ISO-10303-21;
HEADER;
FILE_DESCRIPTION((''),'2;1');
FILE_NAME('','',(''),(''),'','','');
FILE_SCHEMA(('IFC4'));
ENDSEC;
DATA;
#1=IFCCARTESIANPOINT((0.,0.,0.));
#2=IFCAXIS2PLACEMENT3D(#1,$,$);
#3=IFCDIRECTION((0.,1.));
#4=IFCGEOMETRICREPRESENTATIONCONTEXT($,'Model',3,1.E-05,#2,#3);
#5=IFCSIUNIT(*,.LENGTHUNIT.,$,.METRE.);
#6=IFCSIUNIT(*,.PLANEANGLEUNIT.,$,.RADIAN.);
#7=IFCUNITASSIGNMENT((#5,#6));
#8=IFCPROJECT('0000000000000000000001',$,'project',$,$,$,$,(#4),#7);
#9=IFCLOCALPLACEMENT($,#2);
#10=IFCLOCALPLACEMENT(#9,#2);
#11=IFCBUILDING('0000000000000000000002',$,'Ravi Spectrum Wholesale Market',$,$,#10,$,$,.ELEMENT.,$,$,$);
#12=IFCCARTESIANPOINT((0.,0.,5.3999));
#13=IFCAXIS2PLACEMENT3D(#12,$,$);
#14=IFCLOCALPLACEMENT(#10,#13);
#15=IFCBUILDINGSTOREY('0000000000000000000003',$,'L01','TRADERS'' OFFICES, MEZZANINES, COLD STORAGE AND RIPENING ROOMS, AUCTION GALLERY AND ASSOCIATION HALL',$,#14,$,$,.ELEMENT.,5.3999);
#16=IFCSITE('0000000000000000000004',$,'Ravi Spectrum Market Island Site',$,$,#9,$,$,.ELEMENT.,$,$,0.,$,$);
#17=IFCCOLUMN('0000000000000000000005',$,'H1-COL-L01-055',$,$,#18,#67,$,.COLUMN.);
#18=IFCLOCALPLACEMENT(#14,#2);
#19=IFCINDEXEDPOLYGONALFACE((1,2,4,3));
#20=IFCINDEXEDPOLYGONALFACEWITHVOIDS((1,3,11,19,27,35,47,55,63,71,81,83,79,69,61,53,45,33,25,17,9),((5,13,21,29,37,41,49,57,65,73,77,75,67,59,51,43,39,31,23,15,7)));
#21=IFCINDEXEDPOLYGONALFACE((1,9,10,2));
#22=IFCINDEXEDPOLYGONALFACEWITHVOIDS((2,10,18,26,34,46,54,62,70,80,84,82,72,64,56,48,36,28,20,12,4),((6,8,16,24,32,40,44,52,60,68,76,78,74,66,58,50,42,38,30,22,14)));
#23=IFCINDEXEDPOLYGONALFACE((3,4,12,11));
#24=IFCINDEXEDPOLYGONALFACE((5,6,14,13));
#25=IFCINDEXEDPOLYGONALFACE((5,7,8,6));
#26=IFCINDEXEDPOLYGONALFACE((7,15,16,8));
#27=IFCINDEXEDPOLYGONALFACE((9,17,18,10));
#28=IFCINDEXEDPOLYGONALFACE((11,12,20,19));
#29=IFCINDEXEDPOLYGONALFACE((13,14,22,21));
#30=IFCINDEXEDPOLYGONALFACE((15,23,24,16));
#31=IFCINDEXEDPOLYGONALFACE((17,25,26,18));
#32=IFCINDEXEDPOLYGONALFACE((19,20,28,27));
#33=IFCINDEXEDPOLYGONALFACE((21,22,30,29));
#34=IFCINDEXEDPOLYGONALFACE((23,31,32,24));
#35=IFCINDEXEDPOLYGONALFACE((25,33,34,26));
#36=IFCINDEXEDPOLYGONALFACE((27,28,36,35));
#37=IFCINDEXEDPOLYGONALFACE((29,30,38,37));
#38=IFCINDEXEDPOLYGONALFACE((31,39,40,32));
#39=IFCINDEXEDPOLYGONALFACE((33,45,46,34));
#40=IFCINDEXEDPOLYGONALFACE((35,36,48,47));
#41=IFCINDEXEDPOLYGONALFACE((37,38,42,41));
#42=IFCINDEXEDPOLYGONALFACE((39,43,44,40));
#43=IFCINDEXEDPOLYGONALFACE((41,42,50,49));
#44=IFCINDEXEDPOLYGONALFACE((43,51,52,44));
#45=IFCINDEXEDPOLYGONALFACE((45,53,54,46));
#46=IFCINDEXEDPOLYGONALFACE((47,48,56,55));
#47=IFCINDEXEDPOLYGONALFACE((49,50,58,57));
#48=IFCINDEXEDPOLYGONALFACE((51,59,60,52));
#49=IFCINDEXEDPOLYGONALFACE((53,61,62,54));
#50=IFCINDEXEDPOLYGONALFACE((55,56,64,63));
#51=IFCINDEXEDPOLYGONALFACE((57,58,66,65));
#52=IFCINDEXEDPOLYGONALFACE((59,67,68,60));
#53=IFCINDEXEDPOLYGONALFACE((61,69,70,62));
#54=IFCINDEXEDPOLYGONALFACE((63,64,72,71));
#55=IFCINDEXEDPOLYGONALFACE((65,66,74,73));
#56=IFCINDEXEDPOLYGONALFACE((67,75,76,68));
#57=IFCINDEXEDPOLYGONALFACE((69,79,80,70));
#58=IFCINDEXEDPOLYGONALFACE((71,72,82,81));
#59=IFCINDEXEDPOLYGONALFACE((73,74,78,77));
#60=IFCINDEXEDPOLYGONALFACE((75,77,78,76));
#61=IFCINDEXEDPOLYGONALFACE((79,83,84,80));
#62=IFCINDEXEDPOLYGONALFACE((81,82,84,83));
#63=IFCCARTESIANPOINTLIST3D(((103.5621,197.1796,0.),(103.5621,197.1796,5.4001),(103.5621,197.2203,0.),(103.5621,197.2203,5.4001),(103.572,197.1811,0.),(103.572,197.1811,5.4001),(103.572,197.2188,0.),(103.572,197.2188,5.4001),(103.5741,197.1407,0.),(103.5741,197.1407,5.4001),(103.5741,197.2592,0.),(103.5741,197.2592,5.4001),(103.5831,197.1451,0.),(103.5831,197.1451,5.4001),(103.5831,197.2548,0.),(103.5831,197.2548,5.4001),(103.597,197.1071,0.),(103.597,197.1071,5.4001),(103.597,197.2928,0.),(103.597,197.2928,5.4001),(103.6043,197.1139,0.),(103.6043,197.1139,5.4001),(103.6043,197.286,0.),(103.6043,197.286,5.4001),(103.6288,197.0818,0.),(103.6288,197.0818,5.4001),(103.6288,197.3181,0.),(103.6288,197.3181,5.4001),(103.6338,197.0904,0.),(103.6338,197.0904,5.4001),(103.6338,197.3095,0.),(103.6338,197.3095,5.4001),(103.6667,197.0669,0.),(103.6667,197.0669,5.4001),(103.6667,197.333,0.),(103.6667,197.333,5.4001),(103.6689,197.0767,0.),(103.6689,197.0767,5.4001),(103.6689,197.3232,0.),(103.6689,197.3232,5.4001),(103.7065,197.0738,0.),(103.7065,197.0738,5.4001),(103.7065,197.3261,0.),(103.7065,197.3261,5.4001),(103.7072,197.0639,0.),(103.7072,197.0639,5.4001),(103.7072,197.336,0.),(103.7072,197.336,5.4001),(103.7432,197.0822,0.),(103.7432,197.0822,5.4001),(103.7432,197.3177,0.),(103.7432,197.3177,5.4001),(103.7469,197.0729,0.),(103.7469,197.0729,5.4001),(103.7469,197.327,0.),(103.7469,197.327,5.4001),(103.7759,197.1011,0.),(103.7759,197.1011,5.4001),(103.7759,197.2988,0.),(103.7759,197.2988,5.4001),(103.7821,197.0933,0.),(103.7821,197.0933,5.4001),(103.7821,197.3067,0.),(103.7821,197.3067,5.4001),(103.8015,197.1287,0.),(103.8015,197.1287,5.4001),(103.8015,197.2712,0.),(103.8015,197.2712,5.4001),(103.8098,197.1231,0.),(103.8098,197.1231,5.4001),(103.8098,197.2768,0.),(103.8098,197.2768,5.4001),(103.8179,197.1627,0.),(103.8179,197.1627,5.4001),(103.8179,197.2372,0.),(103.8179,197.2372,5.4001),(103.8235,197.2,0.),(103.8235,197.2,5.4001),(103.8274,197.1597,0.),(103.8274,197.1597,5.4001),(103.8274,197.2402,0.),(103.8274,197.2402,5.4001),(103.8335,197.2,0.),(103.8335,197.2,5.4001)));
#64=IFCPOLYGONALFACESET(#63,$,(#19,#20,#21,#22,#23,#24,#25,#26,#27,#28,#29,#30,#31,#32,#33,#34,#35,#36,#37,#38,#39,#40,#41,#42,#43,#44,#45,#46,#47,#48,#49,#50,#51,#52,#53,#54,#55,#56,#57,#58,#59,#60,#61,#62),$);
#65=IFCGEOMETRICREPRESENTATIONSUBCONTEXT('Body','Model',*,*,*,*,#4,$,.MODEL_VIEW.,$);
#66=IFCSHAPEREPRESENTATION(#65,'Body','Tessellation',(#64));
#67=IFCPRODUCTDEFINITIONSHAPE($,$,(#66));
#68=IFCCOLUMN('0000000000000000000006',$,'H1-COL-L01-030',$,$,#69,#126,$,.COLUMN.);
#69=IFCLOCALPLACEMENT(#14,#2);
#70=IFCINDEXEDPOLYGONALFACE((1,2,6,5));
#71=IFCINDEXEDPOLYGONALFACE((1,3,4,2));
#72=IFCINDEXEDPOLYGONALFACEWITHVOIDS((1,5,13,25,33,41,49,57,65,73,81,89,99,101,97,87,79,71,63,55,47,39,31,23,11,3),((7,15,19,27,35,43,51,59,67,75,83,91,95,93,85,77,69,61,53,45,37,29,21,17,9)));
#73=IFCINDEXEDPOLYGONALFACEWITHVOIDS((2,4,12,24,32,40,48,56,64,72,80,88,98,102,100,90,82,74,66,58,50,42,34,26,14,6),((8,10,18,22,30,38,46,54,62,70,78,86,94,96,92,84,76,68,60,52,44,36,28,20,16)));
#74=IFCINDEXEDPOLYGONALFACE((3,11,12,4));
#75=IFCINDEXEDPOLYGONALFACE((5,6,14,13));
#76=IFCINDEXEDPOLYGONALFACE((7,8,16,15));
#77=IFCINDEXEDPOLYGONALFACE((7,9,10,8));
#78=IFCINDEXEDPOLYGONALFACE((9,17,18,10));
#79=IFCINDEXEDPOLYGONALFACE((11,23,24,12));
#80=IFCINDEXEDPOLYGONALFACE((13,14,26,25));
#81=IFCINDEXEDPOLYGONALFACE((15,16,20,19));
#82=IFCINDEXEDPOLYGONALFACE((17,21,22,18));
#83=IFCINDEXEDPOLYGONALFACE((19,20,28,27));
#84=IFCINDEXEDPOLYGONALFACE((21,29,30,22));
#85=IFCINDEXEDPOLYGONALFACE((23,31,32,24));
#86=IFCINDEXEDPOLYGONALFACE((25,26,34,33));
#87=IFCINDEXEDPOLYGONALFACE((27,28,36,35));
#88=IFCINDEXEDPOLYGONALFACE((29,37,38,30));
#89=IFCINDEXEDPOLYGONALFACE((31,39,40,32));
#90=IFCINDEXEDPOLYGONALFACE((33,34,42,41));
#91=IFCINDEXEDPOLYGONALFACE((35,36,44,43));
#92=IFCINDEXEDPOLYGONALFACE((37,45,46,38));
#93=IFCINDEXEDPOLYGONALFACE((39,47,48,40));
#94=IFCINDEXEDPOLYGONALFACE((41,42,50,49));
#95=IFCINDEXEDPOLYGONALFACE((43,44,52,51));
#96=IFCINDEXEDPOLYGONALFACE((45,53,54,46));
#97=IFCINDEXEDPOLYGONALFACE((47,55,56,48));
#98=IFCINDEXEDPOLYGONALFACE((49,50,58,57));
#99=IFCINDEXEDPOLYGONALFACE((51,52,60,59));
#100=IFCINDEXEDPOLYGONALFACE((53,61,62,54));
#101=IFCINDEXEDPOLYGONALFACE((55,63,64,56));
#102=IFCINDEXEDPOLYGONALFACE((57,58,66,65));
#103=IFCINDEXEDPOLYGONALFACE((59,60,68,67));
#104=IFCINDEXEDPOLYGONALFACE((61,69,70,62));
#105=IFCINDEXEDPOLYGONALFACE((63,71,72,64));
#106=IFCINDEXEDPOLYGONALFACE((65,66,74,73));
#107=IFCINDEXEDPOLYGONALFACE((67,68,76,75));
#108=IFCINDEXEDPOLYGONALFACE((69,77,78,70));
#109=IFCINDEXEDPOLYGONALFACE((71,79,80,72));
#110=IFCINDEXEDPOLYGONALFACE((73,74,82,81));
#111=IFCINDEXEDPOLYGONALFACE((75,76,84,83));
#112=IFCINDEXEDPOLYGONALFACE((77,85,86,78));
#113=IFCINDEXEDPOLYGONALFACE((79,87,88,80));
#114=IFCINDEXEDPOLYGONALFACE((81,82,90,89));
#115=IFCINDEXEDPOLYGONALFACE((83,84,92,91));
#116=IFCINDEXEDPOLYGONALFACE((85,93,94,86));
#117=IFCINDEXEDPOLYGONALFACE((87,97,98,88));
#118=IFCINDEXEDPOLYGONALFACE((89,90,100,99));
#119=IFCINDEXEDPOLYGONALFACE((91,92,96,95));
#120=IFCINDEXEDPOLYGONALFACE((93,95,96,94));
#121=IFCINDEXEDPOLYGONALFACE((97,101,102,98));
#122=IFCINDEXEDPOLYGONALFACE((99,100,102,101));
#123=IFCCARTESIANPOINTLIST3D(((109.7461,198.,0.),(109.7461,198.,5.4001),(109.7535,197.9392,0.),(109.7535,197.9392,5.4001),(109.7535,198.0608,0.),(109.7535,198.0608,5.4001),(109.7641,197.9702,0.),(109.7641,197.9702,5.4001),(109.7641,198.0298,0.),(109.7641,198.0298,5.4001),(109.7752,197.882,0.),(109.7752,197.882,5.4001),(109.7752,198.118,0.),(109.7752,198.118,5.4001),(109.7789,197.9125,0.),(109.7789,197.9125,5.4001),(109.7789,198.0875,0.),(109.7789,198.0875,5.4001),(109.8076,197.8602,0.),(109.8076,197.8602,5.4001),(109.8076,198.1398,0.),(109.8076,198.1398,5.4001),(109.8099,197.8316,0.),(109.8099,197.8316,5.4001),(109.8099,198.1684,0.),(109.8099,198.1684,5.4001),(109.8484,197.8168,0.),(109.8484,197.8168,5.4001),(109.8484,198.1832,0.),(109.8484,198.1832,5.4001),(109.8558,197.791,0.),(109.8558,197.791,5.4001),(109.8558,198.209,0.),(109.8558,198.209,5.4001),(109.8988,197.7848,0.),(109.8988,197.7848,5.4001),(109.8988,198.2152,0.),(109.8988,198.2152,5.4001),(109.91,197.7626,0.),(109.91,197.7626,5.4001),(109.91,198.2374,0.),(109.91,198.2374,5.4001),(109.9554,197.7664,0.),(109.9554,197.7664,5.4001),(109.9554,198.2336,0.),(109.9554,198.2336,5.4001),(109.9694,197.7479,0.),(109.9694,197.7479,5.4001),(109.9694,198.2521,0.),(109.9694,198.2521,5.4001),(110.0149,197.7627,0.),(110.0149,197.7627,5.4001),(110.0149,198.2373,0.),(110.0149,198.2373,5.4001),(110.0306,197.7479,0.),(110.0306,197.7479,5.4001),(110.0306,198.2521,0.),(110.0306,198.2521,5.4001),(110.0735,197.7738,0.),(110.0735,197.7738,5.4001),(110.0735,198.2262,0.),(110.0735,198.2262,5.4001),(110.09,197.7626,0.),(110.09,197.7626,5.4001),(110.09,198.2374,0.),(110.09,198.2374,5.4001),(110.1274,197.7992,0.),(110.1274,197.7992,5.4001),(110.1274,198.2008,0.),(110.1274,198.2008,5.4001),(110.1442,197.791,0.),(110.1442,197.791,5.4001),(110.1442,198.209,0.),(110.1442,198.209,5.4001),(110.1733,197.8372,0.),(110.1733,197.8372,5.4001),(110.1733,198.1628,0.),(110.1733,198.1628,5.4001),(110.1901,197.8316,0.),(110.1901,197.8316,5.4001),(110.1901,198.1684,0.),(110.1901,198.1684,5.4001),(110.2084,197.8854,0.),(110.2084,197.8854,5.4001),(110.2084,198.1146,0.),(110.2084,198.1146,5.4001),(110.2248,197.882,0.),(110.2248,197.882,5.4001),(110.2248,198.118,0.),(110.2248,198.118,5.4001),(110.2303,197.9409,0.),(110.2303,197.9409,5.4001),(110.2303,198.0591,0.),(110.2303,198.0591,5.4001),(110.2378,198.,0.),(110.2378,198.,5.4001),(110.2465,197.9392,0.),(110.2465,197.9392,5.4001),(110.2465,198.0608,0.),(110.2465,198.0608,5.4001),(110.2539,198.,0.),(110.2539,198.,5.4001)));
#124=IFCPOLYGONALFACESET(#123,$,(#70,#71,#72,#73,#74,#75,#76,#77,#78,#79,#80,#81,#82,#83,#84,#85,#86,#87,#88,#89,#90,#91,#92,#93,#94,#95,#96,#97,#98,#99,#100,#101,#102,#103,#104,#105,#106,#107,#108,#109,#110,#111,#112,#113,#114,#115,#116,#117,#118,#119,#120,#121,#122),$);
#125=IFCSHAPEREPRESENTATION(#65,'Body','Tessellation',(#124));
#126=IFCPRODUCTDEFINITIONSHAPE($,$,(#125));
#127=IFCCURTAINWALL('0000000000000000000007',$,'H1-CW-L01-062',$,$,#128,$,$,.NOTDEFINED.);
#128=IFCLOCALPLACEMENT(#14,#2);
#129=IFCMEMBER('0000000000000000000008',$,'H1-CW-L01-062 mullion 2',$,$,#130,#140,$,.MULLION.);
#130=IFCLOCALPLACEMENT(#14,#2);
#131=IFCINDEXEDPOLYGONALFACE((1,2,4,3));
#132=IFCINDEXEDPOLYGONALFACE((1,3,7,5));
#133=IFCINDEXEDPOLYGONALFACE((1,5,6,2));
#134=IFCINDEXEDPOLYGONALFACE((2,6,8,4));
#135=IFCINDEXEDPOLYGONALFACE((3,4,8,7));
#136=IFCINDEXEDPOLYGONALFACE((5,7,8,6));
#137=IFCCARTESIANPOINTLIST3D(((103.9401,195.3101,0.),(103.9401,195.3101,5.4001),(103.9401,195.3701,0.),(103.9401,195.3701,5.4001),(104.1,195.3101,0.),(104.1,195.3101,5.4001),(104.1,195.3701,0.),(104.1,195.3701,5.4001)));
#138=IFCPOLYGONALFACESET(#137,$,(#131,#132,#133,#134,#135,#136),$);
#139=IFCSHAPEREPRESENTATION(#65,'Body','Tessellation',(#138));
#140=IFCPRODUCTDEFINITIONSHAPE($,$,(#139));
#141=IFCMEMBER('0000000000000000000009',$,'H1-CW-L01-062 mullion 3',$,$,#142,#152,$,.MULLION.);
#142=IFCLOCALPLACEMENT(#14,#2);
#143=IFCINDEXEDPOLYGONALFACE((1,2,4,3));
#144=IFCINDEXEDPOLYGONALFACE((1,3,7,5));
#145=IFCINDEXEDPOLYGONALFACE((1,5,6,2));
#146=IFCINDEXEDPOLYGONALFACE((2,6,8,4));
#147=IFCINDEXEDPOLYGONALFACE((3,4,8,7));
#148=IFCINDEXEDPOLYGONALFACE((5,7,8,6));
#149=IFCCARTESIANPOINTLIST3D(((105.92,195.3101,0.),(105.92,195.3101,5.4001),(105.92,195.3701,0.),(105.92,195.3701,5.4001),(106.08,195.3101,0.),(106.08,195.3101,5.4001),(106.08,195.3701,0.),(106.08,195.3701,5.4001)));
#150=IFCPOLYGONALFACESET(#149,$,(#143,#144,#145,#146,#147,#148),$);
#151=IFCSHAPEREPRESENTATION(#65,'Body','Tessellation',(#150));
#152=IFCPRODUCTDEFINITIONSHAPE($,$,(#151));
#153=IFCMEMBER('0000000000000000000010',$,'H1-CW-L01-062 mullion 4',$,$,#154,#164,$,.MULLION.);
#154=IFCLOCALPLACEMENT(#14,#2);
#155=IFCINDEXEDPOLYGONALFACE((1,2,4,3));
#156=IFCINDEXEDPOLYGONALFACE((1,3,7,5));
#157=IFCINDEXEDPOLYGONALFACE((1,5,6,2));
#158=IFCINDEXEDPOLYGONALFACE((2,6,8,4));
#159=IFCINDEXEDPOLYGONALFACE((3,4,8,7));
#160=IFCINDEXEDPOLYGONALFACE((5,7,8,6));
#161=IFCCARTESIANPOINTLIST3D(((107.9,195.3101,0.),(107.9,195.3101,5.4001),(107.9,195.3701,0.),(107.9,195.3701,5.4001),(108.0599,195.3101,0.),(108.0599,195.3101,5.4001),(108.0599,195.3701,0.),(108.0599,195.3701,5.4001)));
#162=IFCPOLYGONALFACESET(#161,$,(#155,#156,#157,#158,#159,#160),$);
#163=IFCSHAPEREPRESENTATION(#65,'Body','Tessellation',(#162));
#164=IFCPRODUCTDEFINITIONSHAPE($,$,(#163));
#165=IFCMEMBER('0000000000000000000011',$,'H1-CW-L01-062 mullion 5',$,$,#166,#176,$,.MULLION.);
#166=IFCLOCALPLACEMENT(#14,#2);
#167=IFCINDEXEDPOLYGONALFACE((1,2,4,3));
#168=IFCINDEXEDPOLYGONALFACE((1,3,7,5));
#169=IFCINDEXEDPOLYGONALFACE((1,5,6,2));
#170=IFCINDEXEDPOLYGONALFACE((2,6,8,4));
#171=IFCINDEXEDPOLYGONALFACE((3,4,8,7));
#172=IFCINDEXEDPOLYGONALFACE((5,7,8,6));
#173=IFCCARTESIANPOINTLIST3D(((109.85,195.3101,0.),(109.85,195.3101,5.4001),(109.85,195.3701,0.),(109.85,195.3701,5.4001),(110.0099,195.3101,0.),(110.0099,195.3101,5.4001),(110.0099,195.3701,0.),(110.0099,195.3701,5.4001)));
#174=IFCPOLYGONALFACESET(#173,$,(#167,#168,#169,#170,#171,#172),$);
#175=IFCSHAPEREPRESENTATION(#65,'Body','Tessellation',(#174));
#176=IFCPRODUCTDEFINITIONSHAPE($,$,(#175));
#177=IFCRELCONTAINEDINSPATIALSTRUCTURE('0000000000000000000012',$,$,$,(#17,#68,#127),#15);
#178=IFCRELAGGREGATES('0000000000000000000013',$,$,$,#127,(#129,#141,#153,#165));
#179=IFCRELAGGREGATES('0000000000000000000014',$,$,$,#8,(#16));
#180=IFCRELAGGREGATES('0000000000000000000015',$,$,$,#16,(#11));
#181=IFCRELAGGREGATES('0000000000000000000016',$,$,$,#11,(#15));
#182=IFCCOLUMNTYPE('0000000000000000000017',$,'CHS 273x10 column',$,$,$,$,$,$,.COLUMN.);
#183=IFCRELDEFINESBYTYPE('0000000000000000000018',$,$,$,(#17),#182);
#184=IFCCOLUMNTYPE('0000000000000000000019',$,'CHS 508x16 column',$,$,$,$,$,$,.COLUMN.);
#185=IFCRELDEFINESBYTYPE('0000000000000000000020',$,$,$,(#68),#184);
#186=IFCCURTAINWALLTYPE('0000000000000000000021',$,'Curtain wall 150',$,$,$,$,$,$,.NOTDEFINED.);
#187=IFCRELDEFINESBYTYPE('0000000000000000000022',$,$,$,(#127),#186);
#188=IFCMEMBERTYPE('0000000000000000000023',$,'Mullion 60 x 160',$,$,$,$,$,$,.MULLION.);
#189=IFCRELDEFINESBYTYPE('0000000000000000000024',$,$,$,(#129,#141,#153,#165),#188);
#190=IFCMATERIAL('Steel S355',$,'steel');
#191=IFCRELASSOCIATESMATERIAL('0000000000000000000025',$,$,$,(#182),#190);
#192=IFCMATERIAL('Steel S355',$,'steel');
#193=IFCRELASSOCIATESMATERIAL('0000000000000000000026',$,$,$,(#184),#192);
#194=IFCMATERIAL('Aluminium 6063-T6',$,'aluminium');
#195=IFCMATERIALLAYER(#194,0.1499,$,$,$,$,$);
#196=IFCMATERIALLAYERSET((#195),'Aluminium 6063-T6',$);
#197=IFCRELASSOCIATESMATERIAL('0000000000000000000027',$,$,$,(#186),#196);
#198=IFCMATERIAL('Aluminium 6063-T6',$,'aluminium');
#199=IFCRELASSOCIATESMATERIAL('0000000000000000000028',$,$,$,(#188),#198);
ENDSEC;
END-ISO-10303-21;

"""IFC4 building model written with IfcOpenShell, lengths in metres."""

from ifc_helpers import new_model, si_unit, direction, frame, origin, origin_2d, place, context, subcontext, project, spatial, rectangle, hollow_circle, extrude, material, layer, layer_set, material_profile, profile_set, type_object, element, aggregate, save


model = new_model("IFC4")

# Units and contexts
model_context = context("Model", 3, precision=1e-05, world=origin(), true_north=direction((0.0, 1.0)))
body_context = subcontext(model_context, "Body", "Model", "MODEL_VIEW")
ifc_project = project(units=[si_unit("LENGTHUNIT", "METRE"), si_unit("PLANEANGLEUNIT", "RADIAN")], contexts=[model_context])

# Site, building, storey
site_placement = place(None, origin())
site = spatial("IfcSite", under=ifc_project, at=site_placement, Name="Ravi Spectrum Market Island Site", CompositionType="ELEMENT", RefElevation=0.0)
building_placement = place(site_placement, origin())
building = spatial("IfcBuilding", under=site, at=building_placement, Name="Ravi Spectrum Wholesale Market", CompositionType="ELEMENT")
storey_placement = place(building_placement, frame((0.0, 0.0, 5.3999)))
storey = spatial("IfcBuildingStorey", under=building, at=storey_placement, Name="L01", Description="TRADERS' OFFICES, MEZZANINES, COLD STORAGE AND RIPENING ROOMS, AUCTION GALLERY AND ASSOCIATION HALL", CompositionType="ELEMENT", Elevation=5.3999)

# Columns
ifc_material_1 = material(Name="Steel S355", Category="steel")
ifc_material_profile_1 = material_profile(ifc_material_1, hollow_circle(Radius=0.1365, WallThickness=0.01, at=origin_2d()))
ifc_profile_set_1 = profile_set([ifc_material_profile_1], Name="Steel S355")
column_type_1 = type_object("IfcColumnType", Name="CHS 273x10 column", PredefinedType="COLUMN", material=ifc_profile_set_1)
column_1_placement = place(storey_placement, frame((103.697, 197.2, 0.0), z_axis=(0.0, 0.0, 1.0), x_axis=(1.0, 0.0, 0.0)))
element("IfcColumn", 1, at=column_1_placement, inside=storey, type_object=column_type_1, Name="H1-COL-L01-055", PredefinedType="COLUMN", context=body_context, shape_type="SweptSolid", body=[
    extrude(hollow_circle(Radius=0.1365, WallThickness=0.01, at=origin_2d()), origin(), (0.0, 0.0, 1.0), 5.4001),
])
ifc_material_2 = material(Name="Steel S355", Category="steel")
ifc_material_profile_2 = material_profile(ifc_material_2, hollow_circle(Radius=0.2539, WallThickness=0.0161, at=origin_2d()))
ifc_profile_set_2 = profile_set([ifc_material_profile_2], Name="Steel S355")
column_type_2 = type_object("IfcColumnType", Name="CHS 508x16 column", PredefinedType="COLUMN", material=ifc_profile_set_2)
column_2_placement = place(storey_placement, frame((110.0, 198.0, 0.0), z_axis=(0.0, 0.0, 1.0), x_axis=(1.0, 0.0, 0.0)))
element("IfcColumn", 2, at=column_2_placement, inside=storey, type_object=column_type_2, Name="H1-COL-L01-030", PredefinedType="COLUMN", context=body_context, shape_type="SweptSolid", body=[
    extrude(hollow_circle(Radius=0.2539, WallThickness=0.0161, at=origin_2d()), origin(), (0.0, 0.0, 1.0), 5.4001),
])

# Curtain wall, members
ifc_material_3 = material(Name="Aluminium 6063-T6", Category="aluminium")
ifc_layer_1 = layer(ifc_material_3, 0.1499)
ifc_layer_set_1 = layer_set([ifc_layer_1], Name="Aluminium 6063-T6")
curtain_wall_type = type_object("IfcCurtainWallType", Name="Curtain wall 150", PredefinedType="NOTDEFINED", material=ifc_layer_set_1)
curtain_wall_placement = place(storey_placement, origin())
curtain_wall = element("IfcCurtainWall", 3, at=curtain_wall_placement, inside=storey, type_object=curtain_wall_type, Name="H1-CW-L01-062", PredefinedType="NOTDEFINED")
ifc_material_4 = material(Name="Aluminium 6063-T6", Category="aluminium")
ifc_material_profile_3 = material_profile(ifc_material_4, rectangle(XDim=0.0601, YDim=0.1599, at=origin_2d()))
ifc_profile_set_3 = profile_set([ifc_material_profile_3], Name="Aluminium 6063-T6")
member_type_1 = type_object("IfcMemberType", Name="Mullion 60 x 160", PredefinedType="MULLION", material=ifc_profile_set_3)
member_1_placement = place(storey_placement, frame((104.02, 195.3401, 0.0), z_axis=(0.0, 0.0, 1.0), x_axis=(0.0, 1.0, 0.0)))
member_1 = element("IfcMember", 4, at=member_1_placement, type_object=member_type_1, Name="H1-CW-L01-062 mullion 2", PredefinedType="MULLION", context=body_context, shape_type="SweptSolid", body=[
    extrude(rectangle(XDim=0.0601, YDim=0.1599, at=origin_2d()), origin(), (0.0, 0.0, 1.0), 5.4001),
])
member_2_placement = place(storey_placement, frame((106.0, 195.3401, 0.0), z_axis=(0.0, 0.0, 1.0), x_axis=(0.0, 1.0, 0.0)))
member_2 = element("IfcMember", 5, at=member_2_placement, type_object=member_type_1, Name="H1-CW-L01-062 mullion 3", PredefinedType="MULLION", context=body_context, shape_type="SweptSolid", body=[
    extrude(rectangle(XDim=0.0601, YDim=0.1599, at=origin_2d()), origin(), (0.0, 0.0, 1.0), 5.4001),
])
member_3_placement = place(storey_placement, frame((107.98, 195.3401, 0.0), z_axis=(0.0, 0.0, 1.0), x_axis=(0.0, 1.0, 0.0)))
member_3 = element("IfcMember", 6, at=member_3_placement, type_object=member_type_1, Name="H1-CW-L01-062 mullion 4", PredefinedType="MULLION", context=body_context, shape_type="SweptSolid", body=[
    extrude(rectangle(XDim=0.0601, YDim=0.1599, at=origin_2d()), origin(), (0.0, 0.0, 1.0), 5.4001),
])
member_4_placement = place(storey_placement, frame((109.9299, 195.3401, 0.0), z_axis=(0.0, 0.0, 1.0), x_axis=(0.0, 1.0, 0.0)))
member_4 = element("IfcMember", 7, at=member_4_placement, type_object=member_type_1, Name="H1-CW-L01-062 mullion 5", PredefinedType="MULLION", context=body_context, shape_type="SweptSolid", body=[
    extrude(rectangle(XDim=0.0601, YDim=0.1599, at=origin_2d()), origin(), (0.0, 0.0, 1.0), 5.4001),
])

aggregate(curtain_wall, [member_1, member_2, member_3, member_4])

save(model, "model.ifc")
